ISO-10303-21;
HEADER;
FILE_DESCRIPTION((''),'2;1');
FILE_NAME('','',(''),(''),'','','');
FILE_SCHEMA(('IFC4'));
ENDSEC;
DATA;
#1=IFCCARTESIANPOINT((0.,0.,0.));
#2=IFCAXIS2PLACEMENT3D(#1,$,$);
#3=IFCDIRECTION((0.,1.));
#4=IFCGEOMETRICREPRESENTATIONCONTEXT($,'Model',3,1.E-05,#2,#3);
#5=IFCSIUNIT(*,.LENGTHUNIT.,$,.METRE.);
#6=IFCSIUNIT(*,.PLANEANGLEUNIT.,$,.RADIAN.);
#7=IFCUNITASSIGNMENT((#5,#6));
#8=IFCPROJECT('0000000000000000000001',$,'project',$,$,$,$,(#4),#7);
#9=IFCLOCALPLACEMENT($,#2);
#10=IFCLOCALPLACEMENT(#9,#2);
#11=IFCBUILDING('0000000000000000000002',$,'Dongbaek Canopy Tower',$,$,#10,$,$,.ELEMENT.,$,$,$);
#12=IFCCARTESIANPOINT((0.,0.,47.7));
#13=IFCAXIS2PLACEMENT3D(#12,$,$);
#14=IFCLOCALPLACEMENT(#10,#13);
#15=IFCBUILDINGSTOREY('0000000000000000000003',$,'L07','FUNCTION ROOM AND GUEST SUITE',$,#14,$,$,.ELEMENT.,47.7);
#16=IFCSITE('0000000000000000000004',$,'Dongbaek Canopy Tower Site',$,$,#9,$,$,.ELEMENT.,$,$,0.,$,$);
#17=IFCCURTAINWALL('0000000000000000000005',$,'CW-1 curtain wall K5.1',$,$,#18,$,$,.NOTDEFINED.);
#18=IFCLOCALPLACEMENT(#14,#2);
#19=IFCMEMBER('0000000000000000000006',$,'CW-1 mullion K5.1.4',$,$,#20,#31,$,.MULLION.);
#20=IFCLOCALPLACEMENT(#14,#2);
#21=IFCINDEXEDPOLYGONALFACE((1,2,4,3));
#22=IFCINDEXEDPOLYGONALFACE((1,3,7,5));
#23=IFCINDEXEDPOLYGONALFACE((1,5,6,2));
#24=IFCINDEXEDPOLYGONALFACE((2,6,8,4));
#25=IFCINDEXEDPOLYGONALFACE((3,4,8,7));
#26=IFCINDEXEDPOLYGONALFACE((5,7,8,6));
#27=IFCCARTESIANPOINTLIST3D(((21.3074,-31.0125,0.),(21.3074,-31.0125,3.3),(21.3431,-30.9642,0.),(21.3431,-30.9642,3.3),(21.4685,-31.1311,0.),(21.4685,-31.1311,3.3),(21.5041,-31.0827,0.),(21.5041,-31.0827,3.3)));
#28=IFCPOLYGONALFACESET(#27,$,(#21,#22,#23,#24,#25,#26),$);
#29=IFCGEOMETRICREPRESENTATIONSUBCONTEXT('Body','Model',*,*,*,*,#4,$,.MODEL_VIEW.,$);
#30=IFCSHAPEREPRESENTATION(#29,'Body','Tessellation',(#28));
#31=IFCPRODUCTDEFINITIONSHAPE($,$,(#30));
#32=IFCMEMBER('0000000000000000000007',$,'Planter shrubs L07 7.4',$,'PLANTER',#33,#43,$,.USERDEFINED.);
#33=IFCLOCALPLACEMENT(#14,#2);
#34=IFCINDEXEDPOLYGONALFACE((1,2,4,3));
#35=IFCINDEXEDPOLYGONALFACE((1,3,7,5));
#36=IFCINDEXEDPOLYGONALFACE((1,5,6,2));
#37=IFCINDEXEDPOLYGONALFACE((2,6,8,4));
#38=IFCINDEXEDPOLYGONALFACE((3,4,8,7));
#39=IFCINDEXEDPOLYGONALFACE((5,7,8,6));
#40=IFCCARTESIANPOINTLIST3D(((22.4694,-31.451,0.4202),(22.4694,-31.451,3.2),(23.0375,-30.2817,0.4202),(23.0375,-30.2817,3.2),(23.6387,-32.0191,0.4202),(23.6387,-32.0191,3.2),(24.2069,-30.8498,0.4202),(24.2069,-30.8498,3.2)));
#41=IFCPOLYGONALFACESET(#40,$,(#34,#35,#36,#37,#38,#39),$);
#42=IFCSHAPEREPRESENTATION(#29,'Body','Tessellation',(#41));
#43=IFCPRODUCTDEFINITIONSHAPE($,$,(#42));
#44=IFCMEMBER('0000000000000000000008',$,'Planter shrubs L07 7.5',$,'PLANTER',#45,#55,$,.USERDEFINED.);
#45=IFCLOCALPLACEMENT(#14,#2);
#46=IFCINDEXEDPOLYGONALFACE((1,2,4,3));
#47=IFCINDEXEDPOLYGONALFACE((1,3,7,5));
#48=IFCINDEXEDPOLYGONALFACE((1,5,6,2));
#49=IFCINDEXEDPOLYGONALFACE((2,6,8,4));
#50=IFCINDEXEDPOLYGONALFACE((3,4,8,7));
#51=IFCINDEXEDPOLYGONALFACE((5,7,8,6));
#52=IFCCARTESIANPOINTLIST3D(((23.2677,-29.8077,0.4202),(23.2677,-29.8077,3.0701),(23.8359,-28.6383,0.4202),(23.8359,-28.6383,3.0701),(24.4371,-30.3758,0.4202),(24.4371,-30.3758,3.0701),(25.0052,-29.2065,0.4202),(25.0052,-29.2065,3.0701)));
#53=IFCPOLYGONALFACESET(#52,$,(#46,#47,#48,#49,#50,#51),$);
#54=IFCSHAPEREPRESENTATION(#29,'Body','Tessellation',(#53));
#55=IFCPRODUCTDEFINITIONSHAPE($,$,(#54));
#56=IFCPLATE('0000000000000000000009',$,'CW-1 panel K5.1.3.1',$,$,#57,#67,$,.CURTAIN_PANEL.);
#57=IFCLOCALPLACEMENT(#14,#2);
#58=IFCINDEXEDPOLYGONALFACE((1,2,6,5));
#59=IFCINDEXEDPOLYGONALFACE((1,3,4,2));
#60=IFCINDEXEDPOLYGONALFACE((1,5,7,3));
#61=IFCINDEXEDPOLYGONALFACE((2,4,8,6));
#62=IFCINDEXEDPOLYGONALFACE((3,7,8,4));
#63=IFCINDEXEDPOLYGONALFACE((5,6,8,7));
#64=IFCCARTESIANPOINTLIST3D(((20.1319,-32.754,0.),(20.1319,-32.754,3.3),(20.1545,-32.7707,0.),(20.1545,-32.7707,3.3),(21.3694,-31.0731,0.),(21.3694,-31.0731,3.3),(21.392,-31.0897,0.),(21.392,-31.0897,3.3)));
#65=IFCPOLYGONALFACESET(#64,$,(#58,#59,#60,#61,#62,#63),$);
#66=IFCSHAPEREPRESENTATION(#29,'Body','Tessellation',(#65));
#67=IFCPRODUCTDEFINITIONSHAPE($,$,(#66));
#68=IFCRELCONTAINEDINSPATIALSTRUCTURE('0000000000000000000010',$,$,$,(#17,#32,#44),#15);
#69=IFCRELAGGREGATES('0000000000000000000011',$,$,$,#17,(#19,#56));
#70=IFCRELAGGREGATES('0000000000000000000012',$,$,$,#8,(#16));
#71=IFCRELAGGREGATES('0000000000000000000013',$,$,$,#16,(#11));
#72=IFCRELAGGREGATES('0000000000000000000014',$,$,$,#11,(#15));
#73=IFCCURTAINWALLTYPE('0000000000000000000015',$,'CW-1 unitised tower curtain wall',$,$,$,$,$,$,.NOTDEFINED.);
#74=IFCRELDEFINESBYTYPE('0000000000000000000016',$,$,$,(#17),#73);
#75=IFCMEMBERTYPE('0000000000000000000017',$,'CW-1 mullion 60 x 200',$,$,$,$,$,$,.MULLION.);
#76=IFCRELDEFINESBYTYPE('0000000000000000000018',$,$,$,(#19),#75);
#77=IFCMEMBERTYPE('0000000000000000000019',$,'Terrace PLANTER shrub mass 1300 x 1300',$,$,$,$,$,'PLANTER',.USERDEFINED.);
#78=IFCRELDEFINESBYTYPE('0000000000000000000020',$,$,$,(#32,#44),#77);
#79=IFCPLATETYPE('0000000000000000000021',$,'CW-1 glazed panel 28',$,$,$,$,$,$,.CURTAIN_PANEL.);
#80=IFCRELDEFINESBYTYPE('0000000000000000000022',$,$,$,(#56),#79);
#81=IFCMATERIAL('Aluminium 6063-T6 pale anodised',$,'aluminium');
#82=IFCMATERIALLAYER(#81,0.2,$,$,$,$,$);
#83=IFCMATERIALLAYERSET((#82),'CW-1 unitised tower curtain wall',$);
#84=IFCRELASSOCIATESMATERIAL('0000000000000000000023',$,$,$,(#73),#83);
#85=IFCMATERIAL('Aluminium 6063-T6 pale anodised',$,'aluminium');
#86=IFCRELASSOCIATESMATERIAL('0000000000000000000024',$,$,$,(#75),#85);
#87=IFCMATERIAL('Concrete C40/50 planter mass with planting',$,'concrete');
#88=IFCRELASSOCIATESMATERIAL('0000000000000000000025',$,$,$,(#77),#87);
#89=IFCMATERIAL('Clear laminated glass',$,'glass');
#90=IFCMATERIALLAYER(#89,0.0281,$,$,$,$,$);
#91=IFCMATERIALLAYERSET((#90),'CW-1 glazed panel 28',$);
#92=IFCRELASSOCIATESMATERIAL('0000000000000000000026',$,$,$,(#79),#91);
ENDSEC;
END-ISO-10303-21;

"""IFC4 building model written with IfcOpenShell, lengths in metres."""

from ifc_helpers import new_model, si_unit, direction, frame, origin, origin_2d, place, context, subcontext, project, spatial, rectangle, extrude, material, layer, layer_set, material_profile, profile_set, type_object, element, aggregate, save


model = new_model("IFC4")

# Units and contexts
model_context = context("Model", 3, precision=1e-05, world=origin(), true_north=direction((0.0, 1.0)))
body_context = subcontext(model_context, "Body", "Model", "MODEL_VIEW")
ifc_project = project(units=[si_unit("LENGTHUNIT", "METRE"), si_unit("PLANEANGLEUNIT", "RADIAN")], contexts=[model_context])

# Site, building, storey
site_placement = place(None, origin())
site = spatial("IfcSite", under=ifc_project, at=site_placement, Name="Dongbaek Canopy Tower Site", CompositionType="ELEMENT", RefElevation=0.0)
building_placement = place(site_placement, origin())
building = spatial("IfcBuilding", under=site, at=building_placement, Name="Dongbaek Canopy Tower", CompositionType="ELEMENT")
storey_placement = place(building_placement, frame((0.0, 0.0, 47.7)))
storey = spatial("IfcBuildingStorey", under=building, at=storey_placement, Name="L07", Description="FUNCTION ROOM AND GUEST SUITE", CompositionType="ELEMENT", Elevation=47.7)

# Curtain wall, member
ifc_material_1 = material(Name="Aluminium 6063-T6 pale anodised", Category="aluminium")
ifc_layer_1 = layer(ifc_material_1, 0.2)
ifc_layer_set_1 = layer_set([ifc_layer_1], Name="CW-1 unitised tower curtain wall")
curtain_wall_type = type_object("IfcCurtainWallType", Name="CW-1 unitised tower curtain wall", PredefinedType="NOTDEFINED", material=ifc_layer_set_1)
curtain_wall_placement = place(storey_placement, origin())
curtain_wall = element("IfcCurtainWall", 1, at=curtain_wall_placement, inside=storey, type_object=curtain_wall_type, Name="CW-1 curtain wall K5.1", PredefinedType="NOTDEFINED")
ifc_material_2 = material(Name="Aluminium 6063-T6 pale anodised", Category="aluminium")
ifc_material_profile_1 = material_profile(ifc_material_2, rectangle(XDim=0.2, YDim=0.0601, at=origin_2d()), Name="CW-1 mullion 60 x 200")
ifc_profile_set_1 = profile_set([ifc_material_profile_1], Name="Aluminium 6063-T6 pale anodised")
member_type_1 = type_object("IfcMemberType", Name="CW-1 mullion 60 x 200", PredefinedType="MULLION", material=ifc_profile_set_1)
member_1_placement = place(storey_placement, frame((21.4058, -31.0476, 0.0), z_axis=(0.0, 0.0, 1.0), x_axis=(0.805296, -0.592873, 0.0)))
member_1 = element("IfcMember", 2, at=member_1_placement, type_object=member_type_1, Name="CW-1 mullion K5.1.4", PredefinedType="MULLION", context=body_context, shape_type="SweptSolid", body=[
    extrude(rectangle(XDim=0.2, YDim=0.0601, at=origin_2d()), origin(), (0.0, 0.0, 1.0), 3.3),
])

# Members
ifc_material_3 = material(Name="Concrete C40/50 planter mass with planting", Category="concrete")
ifc_material_profile_2 = material_profile(ifc_material_3, rectangle(XDim=1.3, YDim=1.3, at=origin_2d()), Name="Terrace PLANTER shrub mass 1300 x 1300")
ifc_profile_set_2 = profile_set([ifc_material_profile_2], Name="Concrete C40/50 planter mass with planting")
member_type_2 = type_object("IfcMemberType", Name="Terrace PLANTER shrub mass 1300 x 1300", ElementType="PLANTER", PredefinedType="USERDEFINED", material=ifc_profile_set_2)
member_2_placement = place(storey_placement, frame((23.3381, -31.1504, 0.4202), z_axis=(0.0, 0.0, 1.0), x_axis=(0.899456, -0.437011, 0.0)))
element("IfcMember", 3, at=member_2_placement, inside=storey, type_object=member_type_2, Name="Planter shrubs L07 7.4", ObjectType="PLANTER", PredefinedType="USERDEFINED", context=body_context, shape_type="SweptSolid", body=[
    extrude(rectangle(XDim=1.3, YDim=1.3, at=origin_2d()), origin(), (0.0, 0.0, 1.0), 2.7798),
])
member_3_placement = place(storey_placement, frame((24.1365, -29.5071, 0.4202), z_axis=(0.0, 0.0, 1.0), x_axis=(0.899456, -0.437011, 0.0)))
element("IfcMember", 4, at=member_3_placement, inside=storey, type_object=member_type_2, Name="Planter shrubs L07 7.5", ObjectType="PLANTER", PredefinedType="USERDEFINED", context=body_context, shape_type="SweptSolid", body=[
    extrude(rectangle(XDim=1.3, YDim=1.3, at=origin_2d()), origin(), (0.0, 0.0, 1.0), 2.6499),
])

# Plate
ifc_material_4 = material(Name="Clear laminated glass", Category="glass")
ifc_layer_2 = layer(ifc_material_4, 0.0281)
ifc_layer_set_2 = layer_set([ifc_layer_2], Name="CW-1 glazed panel 28")
plate_type = type_object("IfcPlateType", Name="CW-1 glazed panel 28", PredefinedType="CURTAIN_PANEL", material=ifc_layer_set_2)
plate_placement = place(storey_placement, frame((20.762, -31.9219, 0.0), z_axis=(0.0, 0.0, 1.0), x_axis=(0.592873, 0.805296, 0.0)))
plate = element("IfcPlate", 5, at=plate_placement, type_object=plate_type, Name="CW-1 panel K5.1.3.1", PredefinedType="CURTAIN_PANEL", context=body_context, shape_type="SweptSolid", body=[
    extrude(rectangle(XDim=2.0874, YDim=0.0281, at=origin_2d()), origin(), (0.0, 0.0, 1.0), 3.3),
])
aggregate(curtain_wall, [member_1, plate])

save(model, "model.ifc")
